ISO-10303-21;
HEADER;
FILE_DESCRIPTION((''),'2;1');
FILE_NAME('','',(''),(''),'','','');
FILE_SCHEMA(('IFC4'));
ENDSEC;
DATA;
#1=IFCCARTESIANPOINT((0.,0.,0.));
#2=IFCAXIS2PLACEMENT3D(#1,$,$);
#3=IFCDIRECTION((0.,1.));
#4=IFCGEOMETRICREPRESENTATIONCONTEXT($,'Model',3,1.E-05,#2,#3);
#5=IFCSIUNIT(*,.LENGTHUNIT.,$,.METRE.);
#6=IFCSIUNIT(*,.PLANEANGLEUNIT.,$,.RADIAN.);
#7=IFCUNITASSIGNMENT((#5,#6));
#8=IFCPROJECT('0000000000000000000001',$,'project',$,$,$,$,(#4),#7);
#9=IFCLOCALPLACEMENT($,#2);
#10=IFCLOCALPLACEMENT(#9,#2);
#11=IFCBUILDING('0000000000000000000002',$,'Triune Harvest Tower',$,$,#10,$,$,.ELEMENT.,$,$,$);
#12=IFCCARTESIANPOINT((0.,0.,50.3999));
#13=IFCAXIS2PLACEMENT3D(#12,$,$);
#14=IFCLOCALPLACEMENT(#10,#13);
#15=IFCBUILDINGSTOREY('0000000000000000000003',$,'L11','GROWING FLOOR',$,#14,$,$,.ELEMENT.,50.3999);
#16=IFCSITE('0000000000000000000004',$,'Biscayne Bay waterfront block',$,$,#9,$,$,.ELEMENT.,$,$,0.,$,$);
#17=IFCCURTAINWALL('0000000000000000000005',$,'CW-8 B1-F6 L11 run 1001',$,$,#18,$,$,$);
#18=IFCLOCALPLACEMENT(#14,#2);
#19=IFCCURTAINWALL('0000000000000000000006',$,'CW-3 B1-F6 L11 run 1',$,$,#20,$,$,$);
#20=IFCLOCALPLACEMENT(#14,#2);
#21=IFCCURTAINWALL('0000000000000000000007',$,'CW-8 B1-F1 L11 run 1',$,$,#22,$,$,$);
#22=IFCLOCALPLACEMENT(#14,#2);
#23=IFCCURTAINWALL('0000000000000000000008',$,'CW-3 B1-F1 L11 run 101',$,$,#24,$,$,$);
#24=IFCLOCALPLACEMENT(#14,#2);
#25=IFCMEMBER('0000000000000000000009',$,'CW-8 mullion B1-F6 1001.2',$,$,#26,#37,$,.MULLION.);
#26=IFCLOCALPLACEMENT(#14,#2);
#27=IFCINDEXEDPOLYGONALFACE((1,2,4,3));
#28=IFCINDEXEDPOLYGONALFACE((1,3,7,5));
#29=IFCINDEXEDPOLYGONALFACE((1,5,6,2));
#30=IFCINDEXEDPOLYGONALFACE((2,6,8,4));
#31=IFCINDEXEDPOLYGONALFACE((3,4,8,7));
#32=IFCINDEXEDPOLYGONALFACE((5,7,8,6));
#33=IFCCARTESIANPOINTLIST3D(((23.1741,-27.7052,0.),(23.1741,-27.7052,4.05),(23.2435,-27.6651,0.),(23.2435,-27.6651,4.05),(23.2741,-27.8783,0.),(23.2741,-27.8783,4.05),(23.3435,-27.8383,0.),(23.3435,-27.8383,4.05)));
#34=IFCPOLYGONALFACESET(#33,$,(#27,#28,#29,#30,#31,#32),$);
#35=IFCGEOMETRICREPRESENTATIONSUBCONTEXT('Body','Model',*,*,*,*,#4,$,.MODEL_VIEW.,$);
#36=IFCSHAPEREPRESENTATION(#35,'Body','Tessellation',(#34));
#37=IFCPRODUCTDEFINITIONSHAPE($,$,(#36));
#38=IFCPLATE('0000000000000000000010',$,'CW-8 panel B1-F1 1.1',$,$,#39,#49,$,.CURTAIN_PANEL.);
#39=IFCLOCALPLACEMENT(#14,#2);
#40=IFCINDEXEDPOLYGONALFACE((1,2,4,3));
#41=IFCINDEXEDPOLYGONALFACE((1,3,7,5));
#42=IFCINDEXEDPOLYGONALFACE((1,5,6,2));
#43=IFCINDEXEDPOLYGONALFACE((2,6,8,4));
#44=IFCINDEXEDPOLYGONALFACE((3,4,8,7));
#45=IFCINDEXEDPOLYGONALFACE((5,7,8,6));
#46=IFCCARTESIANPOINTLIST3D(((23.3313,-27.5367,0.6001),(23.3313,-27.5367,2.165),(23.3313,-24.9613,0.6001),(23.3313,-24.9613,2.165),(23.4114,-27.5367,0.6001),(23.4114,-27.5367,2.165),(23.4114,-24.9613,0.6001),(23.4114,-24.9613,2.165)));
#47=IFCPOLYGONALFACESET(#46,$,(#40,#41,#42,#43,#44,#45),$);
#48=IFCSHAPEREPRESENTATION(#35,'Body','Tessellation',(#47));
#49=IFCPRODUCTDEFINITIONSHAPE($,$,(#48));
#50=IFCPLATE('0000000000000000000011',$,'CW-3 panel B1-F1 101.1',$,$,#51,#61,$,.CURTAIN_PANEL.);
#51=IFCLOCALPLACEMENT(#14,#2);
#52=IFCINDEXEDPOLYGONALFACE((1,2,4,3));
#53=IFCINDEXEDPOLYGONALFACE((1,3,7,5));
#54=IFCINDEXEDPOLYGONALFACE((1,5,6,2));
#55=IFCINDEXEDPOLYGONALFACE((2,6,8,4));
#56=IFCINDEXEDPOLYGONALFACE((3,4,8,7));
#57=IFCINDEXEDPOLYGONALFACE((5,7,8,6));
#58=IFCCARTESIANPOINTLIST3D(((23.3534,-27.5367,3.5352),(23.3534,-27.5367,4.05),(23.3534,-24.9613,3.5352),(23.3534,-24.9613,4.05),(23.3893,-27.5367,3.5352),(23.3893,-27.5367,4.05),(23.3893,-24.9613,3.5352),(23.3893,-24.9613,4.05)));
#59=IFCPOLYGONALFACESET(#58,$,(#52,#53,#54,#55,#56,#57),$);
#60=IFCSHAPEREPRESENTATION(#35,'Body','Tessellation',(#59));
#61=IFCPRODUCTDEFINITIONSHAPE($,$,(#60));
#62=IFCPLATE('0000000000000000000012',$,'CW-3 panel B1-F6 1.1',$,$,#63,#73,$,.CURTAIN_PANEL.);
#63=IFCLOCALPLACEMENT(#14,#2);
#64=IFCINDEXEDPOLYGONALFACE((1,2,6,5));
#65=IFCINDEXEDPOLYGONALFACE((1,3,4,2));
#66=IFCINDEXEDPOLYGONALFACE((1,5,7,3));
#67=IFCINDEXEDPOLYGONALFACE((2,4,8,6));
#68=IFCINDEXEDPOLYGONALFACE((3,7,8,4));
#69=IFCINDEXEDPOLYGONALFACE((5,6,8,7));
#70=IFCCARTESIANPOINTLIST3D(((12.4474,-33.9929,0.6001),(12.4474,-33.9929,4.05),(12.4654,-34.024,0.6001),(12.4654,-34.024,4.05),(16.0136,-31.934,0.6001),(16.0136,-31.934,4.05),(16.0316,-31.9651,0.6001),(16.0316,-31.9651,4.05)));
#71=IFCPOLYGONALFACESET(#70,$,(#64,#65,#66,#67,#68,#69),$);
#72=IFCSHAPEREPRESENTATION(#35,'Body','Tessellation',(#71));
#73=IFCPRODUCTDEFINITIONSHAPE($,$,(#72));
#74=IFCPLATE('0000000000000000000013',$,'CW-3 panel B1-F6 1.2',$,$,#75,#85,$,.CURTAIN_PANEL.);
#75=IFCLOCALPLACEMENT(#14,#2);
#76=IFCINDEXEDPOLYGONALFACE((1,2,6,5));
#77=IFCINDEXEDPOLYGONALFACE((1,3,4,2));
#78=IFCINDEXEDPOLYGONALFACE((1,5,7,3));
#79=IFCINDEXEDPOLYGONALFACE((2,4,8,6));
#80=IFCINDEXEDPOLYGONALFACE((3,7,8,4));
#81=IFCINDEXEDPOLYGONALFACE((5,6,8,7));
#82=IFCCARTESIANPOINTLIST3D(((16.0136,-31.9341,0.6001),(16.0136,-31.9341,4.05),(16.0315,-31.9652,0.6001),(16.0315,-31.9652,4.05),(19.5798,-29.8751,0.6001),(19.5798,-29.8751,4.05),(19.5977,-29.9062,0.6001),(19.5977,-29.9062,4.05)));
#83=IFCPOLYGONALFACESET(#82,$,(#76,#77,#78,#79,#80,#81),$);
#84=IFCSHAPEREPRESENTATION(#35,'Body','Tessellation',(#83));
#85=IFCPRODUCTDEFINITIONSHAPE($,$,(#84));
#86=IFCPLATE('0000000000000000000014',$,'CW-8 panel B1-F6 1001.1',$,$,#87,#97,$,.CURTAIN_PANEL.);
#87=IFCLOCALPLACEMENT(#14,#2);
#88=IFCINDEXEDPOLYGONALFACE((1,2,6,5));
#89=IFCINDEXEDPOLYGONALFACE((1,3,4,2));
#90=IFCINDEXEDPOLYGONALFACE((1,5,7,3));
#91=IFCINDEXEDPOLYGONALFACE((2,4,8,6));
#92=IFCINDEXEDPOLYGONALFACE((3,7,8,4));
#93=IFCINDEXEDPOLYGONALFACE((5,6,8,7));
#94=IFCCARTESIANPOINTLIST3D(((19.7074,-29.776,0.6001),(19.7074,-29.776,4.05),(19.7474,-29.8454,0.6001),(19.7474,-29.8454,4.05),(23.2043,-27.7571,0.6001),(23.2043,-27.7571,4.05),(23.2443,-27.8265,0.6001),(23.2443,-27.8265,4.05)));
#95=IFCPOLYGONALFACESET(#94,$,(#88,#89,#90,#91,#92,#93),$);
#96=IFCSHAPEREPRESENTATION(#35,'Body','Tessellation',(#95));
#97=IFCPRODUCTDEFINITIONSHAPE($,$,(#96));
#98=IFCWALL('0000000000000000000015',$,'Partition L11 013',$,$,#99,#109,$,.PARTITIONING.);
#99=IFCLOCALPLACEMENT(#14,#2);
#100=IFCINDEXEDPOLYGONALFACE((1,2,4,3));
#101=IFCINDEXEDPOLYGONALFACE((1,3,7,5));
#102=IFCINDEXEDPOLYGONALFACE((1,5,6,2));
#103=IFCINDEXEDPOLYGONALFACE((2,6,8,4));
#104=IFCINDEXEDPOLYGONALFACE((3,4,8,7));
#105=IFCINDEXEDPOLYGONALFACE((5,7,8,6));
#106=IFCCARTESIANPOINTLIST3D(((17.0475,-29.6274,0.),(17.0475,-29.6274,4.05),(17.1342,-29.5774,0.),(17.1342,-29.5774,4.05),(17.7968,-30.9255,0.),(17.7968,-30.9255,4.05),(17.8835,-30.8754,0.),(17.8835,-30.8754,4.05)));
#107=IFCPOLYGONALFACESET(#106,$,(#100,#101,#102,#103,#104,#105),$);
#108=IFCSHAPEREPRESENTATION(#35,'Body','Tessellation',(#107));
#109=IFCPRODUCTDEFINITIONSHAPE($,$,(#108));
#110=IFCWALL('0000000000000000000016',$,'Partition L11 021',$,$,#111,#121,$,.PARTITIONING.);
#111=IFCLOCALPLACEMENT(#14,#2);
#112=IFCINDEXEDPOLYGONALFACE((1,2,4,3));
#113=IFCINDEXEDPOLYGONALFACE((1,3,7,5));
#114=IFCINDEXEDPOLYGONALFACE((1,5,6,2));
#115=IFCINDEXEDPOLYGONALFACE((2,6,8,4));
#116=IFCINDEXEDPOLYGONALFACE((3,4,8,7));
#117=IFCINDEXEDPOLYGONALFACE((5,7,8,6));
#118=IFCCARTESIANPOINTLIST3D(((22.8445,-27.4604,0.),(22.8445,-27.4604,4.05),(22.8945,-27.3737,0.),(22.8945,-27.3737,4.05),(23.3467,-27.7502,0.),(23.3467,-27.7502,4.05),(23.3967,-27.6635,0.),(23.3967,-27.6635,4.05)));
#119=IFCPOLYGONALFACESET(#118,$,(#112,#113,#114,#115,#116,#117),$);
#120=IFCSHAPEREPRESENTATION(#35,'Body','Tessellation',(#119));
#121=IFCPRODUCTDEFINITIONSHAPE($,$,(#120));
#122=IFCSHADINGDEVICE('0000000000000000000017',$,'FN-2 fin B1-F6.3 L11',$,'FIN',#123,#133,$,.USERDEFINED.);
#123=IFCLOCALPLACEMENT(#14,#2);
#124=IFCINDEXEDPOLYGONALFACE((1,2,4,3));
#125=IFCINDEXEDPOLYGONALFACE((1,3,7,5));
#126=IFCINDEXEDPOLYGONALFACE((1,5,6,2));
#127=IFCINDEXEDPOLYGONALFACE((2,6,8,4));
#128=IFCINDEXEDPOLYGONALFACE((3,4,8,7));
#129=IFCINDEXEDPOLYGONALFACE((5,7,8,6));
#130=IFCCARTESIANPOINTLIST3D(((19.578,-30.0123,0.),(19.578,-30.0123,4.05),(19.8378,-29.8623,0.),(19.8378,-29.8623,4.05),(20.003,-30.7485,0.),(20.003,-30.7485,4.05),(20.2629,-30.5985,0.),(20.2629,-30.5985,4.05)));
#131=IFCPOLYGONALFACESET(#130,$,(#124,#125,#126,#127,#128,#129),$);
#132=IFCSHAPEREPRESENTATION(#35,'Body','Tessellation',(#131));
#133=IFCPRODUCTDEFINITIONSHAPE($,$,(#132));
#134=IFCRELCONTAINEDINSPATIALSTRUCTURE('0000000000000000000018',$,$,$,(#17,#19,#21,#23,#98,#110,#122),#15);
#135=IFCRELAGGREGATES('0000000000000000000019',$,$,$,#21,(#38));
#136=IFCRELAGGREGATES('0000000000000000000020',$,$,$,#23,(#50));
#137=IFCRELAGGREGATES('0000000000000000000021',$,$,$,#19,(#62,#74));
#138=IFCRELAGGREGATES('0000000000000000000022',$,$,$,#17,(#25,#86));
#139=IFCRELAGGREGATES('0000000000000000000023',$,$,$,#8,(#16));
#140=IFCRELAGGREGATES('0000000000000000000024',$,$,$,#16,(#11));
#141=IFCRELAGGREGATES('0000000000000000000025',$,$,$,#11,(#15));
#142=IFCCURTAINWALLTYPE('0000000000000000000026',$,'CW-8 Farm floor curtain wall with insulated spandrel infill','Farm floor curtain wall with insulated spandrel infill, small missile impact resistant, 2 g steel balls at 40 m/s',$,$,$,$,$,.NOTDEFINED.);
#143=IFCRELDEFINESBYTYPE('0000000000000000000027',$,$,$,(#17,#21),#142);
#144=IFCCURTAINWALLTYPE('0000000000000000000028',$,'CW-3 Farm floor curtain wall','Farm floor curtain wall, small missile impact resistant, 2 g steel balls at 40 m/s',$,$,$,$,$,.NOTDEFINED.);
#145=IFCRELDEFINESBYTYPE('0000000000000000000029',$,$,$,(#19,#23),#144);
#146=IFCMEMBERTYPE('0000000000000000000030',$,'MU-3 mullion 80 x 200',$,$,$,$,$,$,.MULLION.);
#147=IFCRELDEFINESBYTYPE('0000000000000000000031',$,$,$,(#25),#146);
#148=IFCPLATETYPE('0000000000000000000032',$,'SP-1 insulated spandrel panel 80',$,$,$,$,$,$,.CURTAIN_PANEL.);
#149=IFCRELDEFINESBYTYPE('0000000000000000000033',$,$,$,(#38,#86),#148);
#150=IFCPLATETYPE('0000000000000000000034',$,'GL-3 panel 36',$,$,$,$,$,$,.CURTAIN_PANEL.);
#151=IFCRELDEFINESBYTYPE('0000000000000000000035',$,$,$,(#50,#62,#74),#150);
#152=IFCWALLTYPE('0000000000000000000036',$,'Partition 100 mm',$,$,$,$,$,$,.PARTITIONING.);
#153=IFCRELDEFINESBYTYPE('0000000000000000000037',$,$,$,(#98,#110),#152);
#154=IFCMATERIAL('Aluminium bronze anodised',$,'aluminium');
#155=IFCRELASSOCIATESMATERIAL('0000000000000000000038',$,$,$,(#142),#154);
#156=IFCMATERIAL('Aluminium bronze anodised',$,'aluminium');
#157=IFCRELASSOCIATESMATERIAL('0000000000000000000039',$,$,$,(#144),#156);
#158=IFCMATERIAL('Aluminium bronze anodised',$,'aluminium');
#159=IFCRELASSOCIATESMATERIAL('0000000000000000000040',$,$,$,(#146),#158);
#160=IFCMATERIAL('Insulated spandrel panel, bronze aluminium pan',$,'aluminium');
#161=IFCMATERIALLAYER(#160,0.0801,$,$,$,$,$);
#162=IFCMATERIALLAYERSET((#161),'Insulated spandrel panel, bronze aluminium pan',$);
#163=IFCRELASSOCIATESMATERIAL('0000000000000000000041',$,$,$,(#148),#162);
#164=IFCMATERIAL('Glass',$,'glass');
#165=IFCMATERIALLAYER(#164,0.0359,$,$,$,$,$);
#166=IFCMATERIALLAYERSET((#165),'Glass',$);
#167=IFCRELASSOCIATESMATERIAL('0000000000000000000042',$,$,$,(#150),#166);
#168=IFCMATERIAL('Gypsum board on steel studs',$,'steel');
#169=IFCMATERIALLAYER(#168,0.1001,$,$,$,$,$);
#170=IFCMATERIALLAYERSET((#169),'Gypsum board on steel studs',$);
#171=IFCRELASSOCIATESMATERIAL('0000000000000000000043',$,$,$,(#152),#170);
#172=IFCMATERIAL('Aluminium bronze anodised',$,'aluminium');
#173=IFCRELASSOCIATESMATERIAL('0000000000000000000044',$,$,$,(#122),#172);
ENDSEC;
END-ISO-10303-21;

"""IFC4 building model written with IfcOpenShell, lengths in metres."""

from ifc_helpers import new_model, si_unit, direction, frame, frame_2d, origin, origin_2d, place, context, subcontext, project, spatial, rectangle, extrude, source, transform, mapped, material, layer, layer_set, material_profile, profile_set, type_object, element, aggregate, save


model = new_model("IFC4")

# Units and contexts
model_context = context("Model", 3, precision=1e-05, world=origin(), true_north=direction((0.0, 1.0)))
body_context = subcontext(model_context, "Body", "Model", "MODEL_VIEW")
ifc_project = project(units=[si_unit("LENGTHUNIT", "METRE"), si_unit("PLANEANGLEUNIT", "RADIAN")], contexts=[model_context])

# Site, building, storey
site_placement = place(None, origin())
site = spatial("IfcSite", under=ifc_project, at=site_placement, Name="Biscayne Bay waterfront block", CompositionType="ELEMENT", RefElevation=0.0)
building_placement = place(site_placement, origin())
building = spatial("IfcBuilding", under=site, at=building_placement, Name="Triune Harvest Tower", CompositionType="ELEMENT")
storey_placement = place(building_placement, frame((0.0, 0.0, 50.3999)))
storey = spatial("IfcBuildingStorey", under=building, at=storey_placement, Name="L11", Description="GROWING FLOOR", CompositionType="ELEMENT", Elevation=50.3999)

# Curtain walls
ifc_material_1 = material(Name="Aluminium bronze anodised", Category="aluminium")
curtain_wall_type_1 = type_object("IfcCurtainWallType", Name="CW-8 Farm floor curtain wall with insulated spandrel infill", Description="Farm floor curtain wall with insulated spandrel infill, small missile impact resistant, 2 g steel balls at 40 m/s", PredefinedType="NOTDEFINED", material=ifc_material_1)
curtain_wall_1_placement = place(storey_placement, origin())
curtain_wall_1 = element("IfcCurtainWall", 1, at=curtain_wall_1_placement, inside=storey, type_object=curtain_wall_type_1, Name="CW-8 B1-F6 L11 run 1001")
ifc_material_2 = material(Name="Aluminium bronze anodised", Category="aluminium")
curtain_wall_type_2 = type_object("IfcCurtainWallType", Name="CW-3 Farm floor curtain wall", Description="Farm floor curtain wall, small missile impact resistant, 2 g steel balls at 40 m/s", PredefinedType="NOTDEFINED", material=ifc_material_2)
curtain_wall_2_placement = place(storey_placement, origin())
curtain_wall_2 = element("IfcCurtainWall", 2, at=curtain_wall_2_placement, inside=storey, type_object=curtain_wall_type_2, Name="CW-3 B1-F6 L11 run 1")

# Curtain walls
curtain_wall_3_placement = place(storey_placement, origin())
curtain_wall_3 = element("IfcCurtainWall", 3, at=curtain_wall_3_placement, inside=storey, type_object=curtain_wall_type_1, Name="CW-8 B1-F1 L11 run 1")
ifc_material_3 = material(Name="Aluminium bronze anodised", Category="aluminium")
ifc_material_profile_1 = material_profile(ifc_material_3, rectangle(XDim=0.2, YDim=0.0801, at=origin_2d()), Name="MU-3 mullion 80 x 200")
ifc_profile_set_1 = profile_set([ifc_material_profile_1], Name="Aluminium bronze anodised")
member_type_1 = type_object("IfcMemberType", Name="MU-3 mullion 80 x 200", PredefinedType="MULLION", material=ifc_profile_set_1)
curtain_wall_4_placement = place(storey_placement, origin())
curtain_wall_4 = element("IfcCurtainWall", 4, at=curtain_wall_4_placement, inside=storey, type_object=curtain_wall_type_2, Name="CW-3 B1-F1 L11 run 101")

# Member
shared_shape_1 = source(origin(), body_context, "Body", "SweptSolid", [
    extrude(rectangle(XDim=0.2, YDim=0.0801, at=origin_2d()), origin(), (0.0, 0.0, 1.0), 4.05),
])
member_1_placement = place(storey_placement, frame((23.2588, -27.7717, 0.0), z_axis=(0.0, 0.0, 1.0), x_axis=(-0.499994, 0.866029, 0.0)))
member_1 = element("IfcMember", 5, at=member_1_placement, type_object=member_type_1, Name="CW-8 mullion B1-F6 1001.2", PredefinedType="MULLION", context=body_context, shape_type="MappedRepresentation", body=[
    mapped(shared_shape_1, transform((0.0, 0.0, 0.0), scale=1.0)),
])

# Plates
ifc_material_4 = material(Name="Insulated spandrel panel, bronze aluminium pan", Category="aluminium")
ifc_layer_1 = layer(ifc_material_4, 0.0801)
ifc_layer_set_1 = layer_set([ifc_layer_1], Name="Insulated spandrel panel, bronze aluminium pan")
plate_type_1 = type_object("IfcPlateType", Name="SP-1 insulated spandrel panel 80", PredefinedType="CURTAIN_PANEL", material=ifc_layer_set_1)
shared_shape_2 = source(origin(), body_context, "Body", "SweptSolid", [
    extrude(rectangle(XDim=2.5754, YDim=0.0801, at=origin_2d()), origin(), (0.0, 0.0, 1.0), 1.5649),
])
plate_1_placement = place(storey_placement, frame((23.3713, -26.249, 0.6001), z_axis=(0.0, 0.0, 1.0), x_axis=(0.0, 1.0, 0.0)))
plate_1 = element("IfcPlate", 6, at=plate_1_placement, type_object=plate_type_1, Name="CW-8 panel B1-F1 1.1", PredefinedType="CURTAIN_PANEL", context=body_context, shape_type="MappedRepresentation", body=[
    mapped(shared_shape_2, transform((0.0, 0.0, 0.0), scale=1.0)),
])
aggregate(curtain_wall_3, [plate_1])
ifc_material_5 = material(Name="Glass", Category="glass")
ifc_layer_2 = layer(ifc_material_5, 0.0359)
ifc_layer_set_2 = layer_set([ifc_layer_2], Name="Glass")
plate_type_2 = type_object("IfcPlateType", Name="GL-3 panel 36", PredefinedType="CURTAIN_PANEL", material=ifc_layer_set_2)
shared_shape_3 = source(origin(), body_context, "Body", "SweptSolid", [
    extrude(rectangle(XDim=2.5754, YDim=0.0359, at=origin_2d()), origin(), (0.0, 0.0, 1.0), 0.5149),
])
plate_2_placement = place(storey_placement, frame((23.3713, -26.249, 3.5352), z_axis=(0.0, 0.0, 1.0), x_axis=(0.0, 1.0, 0.0)))
plate_2 = element("IfcPlate", 7, at=plate_2_placement, type_object=plate_type_2, Name="CW-3 panel B1-F1 101.1", PredefinedType="CURTAIN_PANEL", context=body_context, shape_type="MappedRepresentation", body=[
    mapped(shared_shape_3, transform((0.0, 0.0, 0.0), scale=1.0)),
])
aggregate(curtain_wall_4, [plate_2])
shared_shape_4 = source(origin(), body_context, "Body", "SweptSolid", [
    extrude(rectangle(XDim=4.1179, YDim=0.0359, at=origin_2d()), origin(), (0.0, 0.0, 1.0), 3.45),
])
plate_3_placement = place(storey_placement, frame((14.2395, -32.979, 0.6001), z_axis=(0.0, 0.0, 1.0), x_axis=(0.866025, 0.500001, 0.0)))
plate_3 = element("IfcPlate", 8, at=plate_3_placement, type_object=plate_type_2, Name="CW-3 panel B1-F6 1.1", PredefinedType="CURTAIN_PANEL", context=body_context, shape_type="MappedRepresentation", body=[
    mapped(shared_shape_4, transform((0.0, 0.0, 0.0), scale=1.0)),
])
plate_4_placement = place(storey_placement, frame((17.8057, -30.9202, 0.6001), z_axis=(0.0, 0.0, 1.0), x_axis=(0.866025, 0.500001, 0.0)))
plate_4 = element("IfcPlate", 9, at=plate_4_placement, type_object=plate_type_2, Name="CW-3 panel B1-F6 1.2", PredefinedType="CURTAIN_PANEL", context=body_context, shape_type="MappedRepresentation", body=[
    mapped(shared_shape_4, transform((0.0, 0.0, 0.0), scale=1.0)),
])
aggregate(curtain_wall_2, [plate_3, plate_4])
shared_shape_5 = source(origin(), body_context, "Body", "SweptSolid", [
    extrude(rectangle(XDim=4.0378, YDim=0.0801, at=origin_2d()), origin(), (0.0, 0.0, 1.0), 3.45),
])
plate_5_placement = place(storey_placement, frame((21.4758, -28.8013, 0.6001), z_axis=(0.0, 0.0, 1.0), x_axis=(0.866029, 0.499994, 0.0)))
plate_5 = element("IfcPlate", 10, at=plate_5_placement, type_object=plate_type_1, Name="CW-8 panel B1-F6 1001.1", PredefinedType="CURTAIN_PANEL", context=body_context, shape_type="MappedRepresentation", body=[
    mapped(shared_shape_5, transform((0.0, 0.0, 0.0), scale=1.0)),
])
aggregate(curtain_wall_1, [member_1, plate_5])

# Walls
ifc_material_6 = material(Name="Gypsum board on steel studs", Category="steel")
ifc_layer_3 = layer(ifc_material_6, 0.1001)
ifc_layer_set_3 = layer_set([ifc_layer_3], Name="Gypsum board on steel studs")
wall_type = type_object("IfcWallType", Name="Partition 100 mm", PredefinedType="PARTITIONING", material=ifc_layer_set_3)
wall_1_placement = place(storey_placement, frame((17.0908, -29.6023, 0.0), z_axis=(0.0, 0.0, 1.0), x_axis=(0.499906, -0.86608, 0.0)))
element("IfcWall", 11, at=wall_1_placement, inside=storey, type_object=wall_type, Name="Partition L11 013", PredefinedType="PARTITIONING", context=body_context, shape_type="SweptSolid", body=[
    extrude(rectangle(XDim=1.4988, YDim=0.1001, at=frame_2d((0.7495, 0.0))), origin(), (0.0, 0.0, 1.0), 4.05),
])
wall_2_placement = place(storey_placement, frame((22.8694, -27.417, 0.0), z_axis=(0.0, 0.0, 1.0), x_axis=(0.866137, -0.499808, 0.0)))
element("IfcWall", 12, at=wall_2_placement, inside=storey, type_object=wall_type, Name="Partition L11 021", PredefinedType="PARTITIONING", context=body_context, shape_type="SweptSolid", body=[
    extrude(rectangle(XDim=0.5798, YDim=0.1001, at=frame_2d((0.29, 0.0))), origin(), (0.0, 0.0, 1.0), 4.05),
])

# Shading device
ifc_material_7 = material(Name="Aluminium bronze anodised", Category="aluminium")
shared_shape_6 = source(origin(), body_context, "Body", "SweptSolid", [
    extrude(rectangle(XDim=0.3, YDim=0.8501, at=origin_2d()), origin(), (0.0, 0.0, 1.0), 4.05),
])
shading_device_placement = place(storey_placement, frame((19.9204, -30.3054, 0.0), z_axis=(0.0, 0.0, 1.0), x_axis=(0.866026, 0.499999, 0.0)))
element("IfcShadingDevice", 13, at=shading_device_placement, inside=storey, material=ifc_material_7, Name="FN-2 fin B1-F6.3 L11", ObjectType="FIN", PredefinedType="USERDEFINED", context=body_context, shape_type="MappedRepresentation", body=[
    mapped(shared_shape_6, transform((0.0, 0.0, 0.0), scale=1.0)),
])

save(model, "model.ifc")
